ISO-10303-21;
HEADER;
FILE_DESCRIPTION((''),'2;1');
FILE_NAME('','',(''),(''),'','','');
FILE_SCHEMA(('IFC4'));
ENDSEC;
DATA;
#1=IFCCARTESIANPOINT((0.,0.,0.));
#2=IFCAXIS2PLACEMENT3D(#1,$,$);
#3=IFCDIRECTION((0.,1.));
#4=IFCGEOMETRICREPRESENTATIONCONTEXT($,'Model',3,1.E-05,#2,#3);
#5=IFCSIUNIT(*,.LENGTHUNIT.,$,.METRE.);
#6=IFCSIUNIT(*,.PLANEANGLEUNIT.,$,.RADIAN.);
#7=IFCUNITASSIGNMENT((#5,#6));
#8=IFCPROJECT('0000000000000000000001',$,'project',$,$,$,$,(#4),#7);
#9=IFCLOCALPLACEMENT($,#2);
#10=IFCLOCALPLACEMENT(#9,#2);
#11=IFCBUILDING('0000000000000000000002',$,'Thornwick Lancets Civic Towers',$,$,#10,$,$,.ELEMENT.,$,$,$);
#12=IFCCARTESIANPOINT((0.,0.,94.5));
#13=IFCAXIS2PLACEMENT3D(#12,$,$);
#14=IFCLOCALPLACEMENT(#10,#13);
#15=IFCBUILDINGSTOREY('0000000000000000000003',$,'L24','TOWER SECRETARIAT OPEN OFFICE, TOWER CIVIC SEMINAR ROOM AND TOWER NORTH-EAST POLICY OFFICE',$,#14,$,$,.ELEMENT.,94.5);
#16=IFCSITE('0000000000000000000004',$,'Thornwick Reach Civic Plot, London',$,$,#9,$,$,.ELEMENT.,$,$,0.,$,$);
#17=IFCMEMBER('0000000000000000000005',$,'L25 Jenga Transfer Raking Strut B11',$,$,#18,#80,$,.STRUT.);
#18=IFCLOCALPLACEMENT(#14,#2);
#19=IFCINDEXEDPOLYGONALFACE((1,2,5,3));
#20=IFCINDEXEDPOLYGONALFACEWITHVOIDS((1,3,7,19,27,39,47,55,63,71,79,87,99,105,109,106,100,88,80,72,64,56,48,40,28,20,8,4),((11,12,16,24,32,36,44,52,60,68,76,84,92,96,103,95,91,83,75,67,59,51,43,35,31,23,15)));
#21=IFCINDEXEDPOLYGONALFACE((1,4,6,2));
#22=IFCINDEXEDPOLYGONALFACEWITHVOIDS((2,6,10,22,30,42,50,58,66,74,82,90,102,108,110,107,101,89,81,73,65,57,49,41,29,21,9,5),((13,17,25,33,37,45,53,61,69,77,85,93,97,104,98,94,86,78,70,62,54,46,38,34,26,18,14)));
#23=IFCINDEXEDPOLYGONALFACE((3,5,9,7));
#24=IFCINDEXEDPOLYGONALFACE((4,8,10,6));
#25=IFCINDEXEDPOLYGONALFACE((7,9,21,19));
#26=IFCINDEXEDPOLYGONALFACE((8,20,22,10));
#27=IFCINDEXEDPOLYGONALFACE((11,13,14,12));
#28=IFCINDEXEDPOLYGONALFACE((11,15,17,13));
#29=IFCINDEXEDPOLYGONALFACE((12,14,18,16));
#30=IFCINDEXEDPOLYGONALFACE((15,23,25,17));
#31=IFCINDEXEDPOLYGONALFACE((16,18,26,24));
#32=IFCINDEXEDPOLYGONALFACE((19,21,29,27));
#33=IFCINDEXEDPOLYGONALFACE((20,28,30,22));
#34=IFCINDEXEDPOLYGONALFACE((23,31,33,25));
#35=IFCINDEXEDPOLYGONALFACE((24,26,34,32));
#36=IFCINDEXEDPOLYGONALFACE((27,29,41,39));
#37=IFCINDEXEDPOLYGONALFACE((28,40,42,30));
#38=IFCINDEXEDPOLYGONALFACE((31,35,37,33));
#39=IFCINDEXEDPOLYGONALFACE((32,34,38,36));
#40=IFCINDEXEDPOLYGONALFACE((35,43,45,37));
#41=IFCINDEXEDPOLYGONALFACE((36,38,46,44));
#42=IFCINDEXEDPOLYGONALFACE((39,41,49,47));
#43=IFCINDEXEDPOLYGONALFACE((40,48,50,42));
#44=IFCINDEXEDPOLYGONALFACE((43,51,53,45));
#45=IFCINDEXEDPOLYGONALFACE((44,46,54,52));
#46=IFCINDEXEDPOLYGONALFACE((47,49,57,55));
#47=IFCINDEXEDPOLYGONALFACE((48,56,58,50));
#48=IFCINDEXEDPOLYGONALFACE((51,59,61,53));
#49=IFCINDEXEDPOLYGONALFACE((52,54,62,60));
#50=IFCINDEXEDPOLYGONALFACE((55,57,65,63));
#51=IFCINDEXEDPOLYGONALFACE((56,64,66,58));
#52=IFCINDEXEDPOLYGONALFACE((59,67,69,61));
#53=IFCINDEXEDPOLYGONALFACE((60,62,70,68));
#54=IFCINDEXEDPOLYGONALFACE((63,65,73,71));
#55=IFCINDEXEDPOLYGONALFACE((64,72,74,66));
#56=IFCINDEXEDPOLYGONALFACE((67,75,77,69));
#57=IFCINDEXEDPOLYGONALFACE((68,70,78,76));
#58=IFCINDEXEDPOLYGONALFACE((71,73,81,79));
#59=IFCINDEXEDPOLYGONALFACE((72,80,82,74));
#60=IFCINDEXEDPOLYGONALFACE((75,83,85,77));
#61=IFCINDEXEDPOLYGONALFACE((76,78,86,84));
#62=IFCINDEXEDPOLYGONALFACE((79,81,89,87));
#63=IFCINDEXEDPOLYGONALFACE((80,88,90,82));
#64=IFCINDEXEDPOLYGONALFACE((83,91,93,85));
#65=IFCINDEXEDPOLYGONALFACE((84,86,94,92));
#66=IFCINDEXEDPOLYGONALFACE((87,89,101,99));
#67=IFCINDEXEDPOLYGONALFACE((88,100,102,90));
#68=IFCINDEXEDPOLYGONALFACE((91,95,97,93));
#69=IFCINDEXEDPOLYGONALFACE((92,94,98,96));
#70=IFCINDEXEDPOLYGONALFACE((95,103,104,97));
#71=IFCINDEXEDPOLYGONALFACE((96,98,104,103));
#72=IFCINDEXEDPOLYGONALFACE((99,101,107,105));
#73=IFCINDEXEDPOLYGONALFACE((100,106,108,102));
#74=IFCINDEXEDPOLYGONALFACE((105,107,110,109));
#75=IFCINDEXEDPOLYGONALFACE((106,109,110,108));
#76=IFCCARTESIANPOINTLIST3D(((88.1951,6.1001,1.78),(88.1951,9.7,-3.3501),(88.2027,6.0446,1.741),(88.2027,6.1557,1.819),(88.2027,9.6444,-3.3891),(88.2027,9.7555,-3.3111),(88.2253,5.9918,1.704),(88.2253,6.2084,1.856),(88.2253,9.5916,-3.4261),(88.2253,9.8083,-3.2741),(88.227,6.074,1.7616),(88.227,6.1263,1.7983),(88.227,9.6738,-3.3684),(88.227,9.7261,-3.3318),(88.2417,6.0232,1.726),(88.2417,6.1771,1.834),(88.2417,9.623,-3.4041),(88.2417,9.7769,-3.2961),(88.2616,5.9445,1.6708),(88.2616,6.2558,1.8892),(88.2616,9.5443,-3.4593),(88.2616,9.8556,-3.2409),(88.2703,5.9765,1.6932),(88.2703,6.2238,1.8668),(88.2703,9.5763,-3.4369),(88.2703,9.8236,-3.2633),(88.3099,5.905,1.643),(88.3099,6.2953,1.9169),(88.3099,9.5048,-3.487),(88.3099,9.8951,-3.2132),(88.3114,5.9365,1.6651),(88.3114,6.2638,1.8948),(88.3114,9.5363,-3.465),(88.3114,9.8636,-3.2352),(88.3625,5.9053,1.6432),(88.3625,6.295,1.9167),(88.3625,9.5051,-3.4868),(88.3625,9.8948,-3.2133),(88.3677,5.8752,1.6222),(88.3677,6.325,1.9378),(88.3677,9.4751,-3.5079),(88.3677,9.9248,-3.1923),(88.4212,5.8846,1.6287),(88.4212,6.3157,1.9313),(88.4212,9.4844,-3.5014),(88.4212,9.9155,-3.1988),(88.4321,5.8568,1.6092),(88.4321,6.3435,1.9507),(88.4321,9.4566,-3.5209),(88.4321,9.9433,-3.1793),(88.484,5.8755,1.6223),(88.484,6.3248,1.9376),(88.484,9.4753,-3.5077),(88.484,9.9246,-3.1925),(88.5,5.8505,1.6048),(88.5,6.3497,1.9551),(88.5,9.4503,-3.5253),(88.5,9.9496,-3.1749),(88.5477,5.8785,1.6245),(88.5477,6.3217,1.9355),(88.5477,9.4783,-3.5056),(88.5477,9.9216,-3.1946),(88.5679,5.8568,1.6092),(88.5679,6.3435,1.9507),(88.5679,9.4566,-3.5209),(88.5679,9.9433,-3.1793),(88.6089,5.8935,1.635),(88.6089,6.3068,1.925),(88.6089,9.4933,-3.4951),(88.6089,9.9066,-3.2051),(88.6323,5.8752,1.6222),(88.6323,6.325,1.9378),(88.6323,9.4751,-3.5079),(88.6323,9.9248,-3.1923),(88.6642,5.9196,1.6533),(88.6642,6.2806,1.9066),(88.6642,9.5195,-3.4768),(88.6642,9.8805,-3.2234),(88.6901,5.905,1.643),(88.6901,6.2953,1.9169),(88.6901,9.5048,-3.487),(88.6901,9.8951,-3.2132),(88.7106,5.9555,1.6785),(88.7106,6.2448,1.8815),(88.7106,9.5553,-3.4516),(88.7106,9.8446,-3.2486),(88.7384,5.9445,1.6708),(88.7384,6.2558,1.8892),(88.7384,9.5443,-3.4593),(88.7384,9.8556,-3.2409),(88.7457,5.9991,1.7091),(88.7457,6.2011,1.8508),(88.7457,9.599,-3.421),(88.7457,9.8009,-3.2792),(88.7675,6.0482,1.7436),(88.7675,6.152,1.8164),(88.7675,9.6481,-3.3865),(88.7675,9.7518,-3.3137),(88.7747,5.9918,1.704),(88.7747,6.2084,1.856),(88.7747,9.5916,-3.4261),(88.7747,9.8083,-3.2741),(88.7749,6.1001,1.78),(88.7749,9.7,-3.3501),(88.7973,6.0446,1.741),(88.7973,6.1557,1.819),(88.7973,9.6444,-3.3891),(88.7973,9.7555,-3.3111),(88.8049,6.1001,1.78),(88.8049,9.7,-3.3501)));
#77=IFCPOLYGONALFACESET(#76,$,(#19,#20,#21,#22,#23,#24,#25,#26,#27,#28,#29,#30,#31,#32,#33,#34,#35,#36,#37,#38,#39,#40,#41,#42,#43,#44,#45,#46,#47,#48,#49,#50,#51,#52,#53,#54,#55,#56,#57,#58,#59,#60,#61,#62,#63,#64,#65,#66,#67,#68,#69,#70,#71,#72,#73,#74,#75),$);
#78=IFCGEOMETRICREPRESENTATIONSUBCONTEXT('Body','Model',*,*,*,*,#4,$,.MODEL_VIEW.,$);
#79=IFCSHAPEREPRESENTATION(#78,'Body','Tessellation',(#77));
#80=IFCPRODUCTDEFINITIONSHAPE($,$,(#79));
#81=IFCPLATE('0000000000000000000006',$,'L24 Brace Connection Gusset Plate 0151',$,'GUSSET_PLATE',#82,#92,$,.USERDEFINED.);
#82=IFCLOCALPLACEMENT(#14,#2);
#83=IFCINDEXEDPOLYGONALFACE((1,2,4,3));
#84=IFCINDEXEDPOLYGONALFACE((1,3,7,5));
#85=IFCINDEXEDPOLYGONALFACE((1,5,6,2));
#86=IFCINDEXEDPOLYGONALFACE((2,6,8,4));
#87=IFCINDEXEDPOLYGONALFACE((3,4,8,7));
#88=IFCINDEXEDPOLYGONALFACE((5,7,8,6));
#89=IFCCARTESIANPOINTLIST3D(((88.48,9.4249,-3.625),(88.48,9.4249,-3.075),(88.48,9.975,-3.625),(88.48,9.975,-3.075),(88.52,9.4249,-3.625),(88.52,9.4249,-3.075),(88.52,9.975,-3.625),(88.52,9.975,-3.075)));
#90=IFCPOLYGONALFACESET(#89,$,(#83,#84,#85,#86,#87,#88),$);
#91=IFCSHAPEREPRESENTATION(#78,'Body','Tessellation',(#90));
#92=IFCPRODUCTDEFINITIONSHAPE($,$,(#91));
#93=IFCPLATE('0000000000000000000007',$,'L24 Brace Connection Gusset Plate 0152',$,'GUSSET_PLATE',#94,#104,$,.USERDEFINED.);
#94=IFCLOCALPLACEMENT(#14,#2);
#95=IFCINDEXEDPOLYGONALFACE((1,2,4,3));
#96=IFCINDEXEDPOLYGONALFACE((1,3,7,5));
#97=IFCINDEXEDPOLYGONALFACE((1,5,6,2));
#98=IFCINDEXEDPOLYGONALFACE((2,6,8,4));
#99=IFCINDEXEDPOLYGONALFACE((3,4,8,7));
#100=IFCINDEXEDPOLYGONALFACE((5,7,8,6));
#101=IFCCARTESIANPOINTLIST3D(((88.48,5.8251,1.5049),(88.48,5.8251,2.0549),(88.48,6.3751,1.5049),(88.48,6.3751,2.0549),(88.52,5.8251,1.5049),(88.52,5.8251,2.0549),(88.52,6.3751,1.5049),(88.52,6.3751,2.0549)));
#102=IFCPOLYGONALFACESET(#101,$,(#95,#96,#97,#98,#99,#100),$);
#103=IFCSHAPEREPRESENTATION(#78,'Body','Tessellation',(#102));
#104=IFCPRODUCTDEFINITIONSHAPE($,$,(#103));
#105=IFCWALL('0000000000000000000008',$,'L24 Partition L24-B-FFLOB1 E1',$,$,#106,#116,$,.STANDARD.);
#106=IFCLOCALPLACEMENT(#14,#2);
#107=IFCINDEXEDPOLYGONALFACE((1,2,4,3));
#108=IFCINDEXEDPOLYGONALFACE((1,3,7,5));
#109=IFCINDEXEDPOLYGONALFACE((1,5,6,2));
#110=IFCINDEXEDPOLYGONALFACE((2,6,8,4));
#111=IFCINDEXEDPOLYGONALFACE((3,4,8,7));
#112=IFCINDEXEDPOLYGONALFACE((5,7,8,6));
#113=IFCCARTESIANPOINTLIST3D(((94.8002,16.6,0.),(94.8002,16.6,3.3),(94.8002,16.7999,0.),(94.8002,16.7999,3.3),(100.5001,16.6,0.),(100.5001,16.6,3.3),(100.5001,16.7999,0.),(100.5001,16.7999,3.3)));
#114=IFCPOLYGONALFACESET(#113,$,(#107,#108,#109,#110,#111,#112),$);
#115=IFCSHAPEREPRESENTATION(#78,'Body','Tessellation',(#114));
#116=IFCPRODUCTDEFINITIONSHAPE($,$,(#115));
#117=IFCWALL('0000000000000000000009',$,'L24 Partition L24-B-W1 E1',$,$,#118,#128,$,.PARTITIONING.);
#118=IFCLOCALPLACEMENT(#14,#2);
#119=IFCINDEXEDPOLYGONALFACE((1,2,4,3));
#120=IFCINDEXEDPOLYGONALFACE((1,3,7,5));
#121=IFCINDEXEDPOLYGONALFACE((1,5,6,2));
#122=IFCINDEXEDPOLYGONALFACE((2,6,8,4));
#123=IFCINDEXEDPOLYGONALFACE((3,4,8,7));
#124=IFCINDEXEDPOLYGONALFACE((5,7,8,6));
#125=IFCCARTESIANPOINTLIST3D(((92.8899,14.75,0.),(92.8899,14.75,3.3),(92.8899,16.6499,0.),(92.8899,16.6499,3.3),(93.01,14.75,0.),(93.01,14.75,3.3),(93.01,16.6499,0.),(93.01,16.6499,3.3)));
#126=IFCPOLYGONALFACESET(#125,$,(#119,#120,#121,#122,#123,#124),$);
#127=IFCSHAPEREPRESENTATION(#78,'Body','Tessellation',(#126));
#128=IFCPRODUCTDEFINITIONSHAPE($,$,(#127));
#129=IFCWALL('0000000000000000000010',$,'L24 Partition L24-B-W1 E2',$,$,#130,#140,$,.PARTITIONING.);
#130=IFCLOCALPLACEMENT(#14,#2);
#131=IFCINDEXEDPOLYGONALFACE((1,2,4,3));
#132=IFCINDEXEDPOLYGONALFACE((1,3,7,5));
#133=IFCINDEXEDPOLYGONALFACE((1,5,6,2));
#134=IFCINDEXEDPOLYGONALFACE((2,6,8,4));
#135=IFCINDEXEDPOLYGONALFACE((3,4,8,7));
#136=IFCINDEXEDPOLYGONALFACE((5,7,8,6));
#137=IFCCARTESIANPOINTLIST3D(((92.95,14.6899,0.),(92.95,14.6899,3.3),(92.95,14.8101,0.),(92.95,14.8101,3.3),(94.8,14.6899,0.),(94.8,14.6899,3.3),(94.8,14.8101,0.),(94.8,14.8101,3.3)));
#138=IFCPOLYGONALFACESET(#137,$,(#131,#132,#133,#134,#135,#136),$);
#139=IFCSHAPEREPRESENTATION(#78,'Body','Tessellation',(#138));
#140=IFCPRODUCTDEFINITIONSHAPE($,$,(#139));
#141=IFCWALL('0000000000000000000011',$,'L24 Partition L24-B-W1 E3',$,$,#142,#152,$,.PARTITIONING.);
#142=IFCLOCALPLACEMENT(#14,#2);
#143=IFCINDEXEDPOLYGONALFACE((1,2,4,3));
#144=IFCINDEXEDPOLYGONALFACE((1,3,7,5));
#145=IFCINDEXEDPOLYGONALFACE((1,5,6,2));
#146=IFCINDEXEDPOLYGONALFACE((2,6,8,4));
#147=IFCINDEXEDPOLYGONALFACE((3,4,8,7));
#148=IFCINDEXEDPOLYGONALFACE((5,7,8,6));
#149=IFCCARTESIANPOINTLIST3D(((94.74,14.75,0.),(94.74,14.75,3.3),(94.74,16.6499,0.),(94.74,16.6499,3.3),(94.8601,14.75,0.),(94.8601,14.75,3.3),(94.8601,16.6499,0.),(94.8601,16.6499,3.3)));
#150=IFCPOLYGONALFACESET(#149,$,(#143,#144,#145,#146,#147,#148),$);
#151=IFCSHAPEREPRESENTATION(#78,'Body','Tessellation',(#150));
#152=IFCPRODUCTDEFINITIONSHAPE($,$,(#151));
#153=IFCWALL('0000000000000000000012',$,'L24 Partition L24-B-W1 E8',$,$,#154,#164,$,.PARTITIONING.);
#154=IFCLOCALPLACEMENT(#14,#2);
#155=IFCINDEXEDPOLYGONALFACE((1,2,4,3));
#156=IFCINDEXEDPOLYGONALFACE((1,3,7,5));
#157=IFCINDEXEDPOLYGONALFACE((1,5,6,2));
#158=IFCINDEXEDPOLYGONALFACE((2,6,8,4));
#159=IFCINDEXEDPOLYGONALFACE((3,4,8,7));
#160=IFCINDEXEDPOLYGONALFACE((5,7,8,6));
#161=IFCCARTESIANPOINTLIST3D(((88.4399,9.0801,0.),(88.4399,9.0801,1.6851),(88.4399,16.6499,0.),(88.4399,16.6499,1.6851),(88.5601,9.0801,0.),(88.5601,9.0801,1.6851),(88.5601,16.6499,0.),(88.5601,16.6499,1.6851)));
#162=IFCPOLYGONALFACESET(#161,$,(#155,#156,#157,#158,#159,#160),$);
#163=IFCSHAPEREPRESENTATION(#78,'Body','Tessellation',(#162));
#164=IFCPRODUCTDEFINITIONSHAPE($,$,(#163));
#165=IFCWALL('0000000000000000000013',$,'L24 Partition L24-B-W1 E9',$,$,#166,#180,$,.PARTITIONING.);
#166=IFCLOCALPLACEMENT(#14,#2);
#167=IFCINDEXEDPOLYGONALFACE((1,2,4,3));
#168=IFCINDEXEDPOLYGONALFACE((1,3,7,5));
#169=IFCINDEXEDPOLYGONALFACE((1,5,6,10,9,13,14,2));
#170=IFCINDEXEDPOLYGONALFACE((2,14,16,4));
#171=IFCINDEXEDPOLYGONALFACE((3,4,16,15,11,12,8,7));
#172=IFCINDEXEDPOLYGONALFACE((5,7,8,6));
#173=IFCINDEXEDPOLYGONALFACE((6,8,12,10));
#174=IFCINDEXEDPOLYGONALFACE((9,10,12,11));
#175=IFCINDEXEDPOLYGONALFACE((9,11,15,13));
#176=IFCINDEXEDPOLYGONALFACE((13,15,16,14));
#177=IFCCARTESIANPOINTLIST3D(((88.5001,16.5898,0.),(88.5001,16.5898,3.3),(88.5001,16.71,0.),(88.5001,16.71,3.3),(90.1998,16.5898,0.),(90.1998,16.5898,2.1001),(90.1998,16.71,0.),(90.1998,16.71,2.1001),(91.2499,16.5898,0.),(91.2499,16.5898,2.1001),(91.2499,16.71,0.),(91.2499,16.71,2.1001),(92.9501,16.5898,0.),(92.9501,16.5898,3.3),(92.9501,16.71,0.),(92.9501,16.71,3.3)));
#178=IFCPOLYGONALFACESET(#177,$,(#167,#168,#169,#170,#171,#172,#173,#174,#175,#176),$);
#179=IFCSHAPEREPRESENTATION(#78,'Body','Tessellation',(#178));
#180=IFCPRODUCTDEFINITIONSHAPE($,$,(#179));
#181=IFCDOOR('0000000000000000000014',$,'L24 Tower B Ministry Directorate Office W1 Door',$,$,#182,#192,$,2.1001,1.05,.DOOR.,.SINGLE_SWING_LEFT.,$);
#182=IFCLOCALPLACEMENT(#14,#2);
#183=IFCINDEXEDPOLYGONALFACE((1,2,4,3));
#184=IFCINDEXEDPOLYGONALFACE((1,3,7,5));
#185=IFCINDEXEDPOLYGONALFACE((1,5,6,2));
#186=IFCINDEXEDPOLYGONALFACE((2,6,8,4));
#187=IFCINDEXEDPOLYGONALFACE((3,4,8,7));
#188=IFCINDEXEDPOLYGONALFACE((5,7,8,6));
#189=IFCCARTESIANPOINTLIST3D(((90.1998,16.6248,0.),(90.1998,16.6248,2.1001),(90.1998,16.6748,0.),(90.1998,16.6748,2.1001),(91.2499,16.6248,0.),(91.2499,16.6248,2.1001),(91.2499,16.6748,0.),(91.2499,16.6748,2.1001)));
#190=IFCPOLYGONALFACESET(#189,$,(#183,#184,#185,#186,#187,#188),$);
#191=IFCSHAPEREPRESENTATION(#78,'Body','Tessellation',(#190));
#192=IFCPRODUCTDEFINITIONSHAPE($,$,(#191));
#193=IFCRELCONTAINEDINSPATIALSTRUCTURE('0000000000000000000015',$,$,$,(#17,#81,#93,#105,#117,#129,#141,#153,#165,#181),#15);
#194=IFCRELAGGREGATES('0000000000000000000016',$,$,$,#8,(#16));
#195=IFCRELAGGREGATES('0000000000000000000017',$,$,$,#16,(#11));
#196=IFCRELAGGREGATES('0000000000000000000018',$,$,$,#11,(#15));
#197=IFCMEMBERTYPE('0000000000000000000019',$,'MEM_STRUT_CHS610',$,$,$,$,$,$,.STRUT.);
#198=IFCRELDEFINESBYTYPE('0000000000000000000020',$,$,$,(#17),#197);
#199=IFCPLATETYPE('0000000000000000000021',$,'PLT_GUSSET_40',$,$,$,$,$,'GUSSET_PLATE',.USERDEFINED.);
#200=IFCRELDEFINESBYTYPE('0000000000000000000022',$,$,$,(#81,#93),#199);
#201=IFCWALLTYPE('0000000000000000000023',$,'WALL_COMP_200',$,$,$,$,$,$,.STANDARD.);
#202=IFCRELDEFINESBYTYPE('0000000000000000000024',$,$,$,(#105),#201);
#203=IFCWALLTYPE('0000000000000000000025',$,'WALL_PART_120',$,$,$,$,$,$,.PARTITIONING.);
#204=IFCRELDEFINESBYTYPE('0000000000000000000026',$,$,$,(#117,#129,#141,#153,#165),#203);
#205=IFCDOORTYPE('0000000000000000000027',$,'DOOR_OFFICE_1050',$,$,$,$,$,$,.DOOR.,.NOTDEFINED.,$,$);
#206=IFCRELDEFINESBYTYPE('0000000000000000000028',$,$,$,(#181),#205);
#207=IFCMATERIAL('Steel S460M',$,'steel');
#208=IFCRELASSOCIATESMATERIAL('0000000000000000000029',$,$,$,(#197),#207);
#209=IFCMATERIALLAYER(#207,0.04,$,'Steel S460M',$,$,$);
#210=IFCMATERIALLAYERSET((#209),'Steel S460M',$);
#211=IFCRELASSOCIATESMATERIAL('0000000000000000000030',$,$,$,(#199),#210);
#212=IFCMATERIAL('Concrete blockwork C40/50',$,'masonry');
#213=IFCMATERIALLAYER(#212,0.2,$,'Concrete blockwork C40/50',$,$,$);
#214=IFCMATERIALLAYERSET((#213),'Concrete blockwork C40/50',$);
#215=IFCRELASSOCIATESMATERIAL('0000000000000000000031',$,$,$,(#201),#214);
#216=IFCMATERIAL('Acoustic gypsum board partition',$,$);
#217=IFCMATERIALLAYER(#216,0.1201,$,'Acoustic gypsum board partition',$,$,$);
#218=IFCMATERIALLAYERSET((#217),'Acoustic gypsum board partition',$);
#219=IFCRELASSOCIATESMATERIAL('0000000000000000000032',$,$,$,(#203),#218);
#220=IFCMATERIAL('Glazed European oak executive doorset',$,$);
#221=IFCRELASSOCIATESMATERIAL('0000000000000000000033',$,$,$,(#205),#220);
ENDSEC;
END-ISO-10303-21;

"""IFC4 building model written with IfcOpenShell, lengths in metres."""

from ifc_helpers import new_model, si_unit, direction, frame, frame_2d, origin, origin_2d, place, context, subcontext, project, spatial, rectangle, hollow_circle, extrude, material, layer, layer_set, material_profile, profile_set, type_object, element, fill, save


model = new_model("IFC4")

# Units and contexts
model_context = context("Model", 3, precision=1e-05, world=origin(), true_north=direction((0.0, 1.0)))
body_context = subcontext(model_context, "Body", "Model", "MODEL_VIEW")
ifc_project = project(units=[si_unit("LENGTHUNIT", "METRE"), si_unit("PLANEANGLEUNIT", "RADIAN")], contexts=[model_context])

# Site, building, storey
site_placement = place(None, origin())
site = spatial("IfcSite", under=ifc_project, at=site_placement, Name="Thornwick Reach Civic Plot, London", CompositionType="ELEMENT", RefElevation=0.0)
building_placement = place(site_placement, origin())
building = spatial("IfcBuilding", under=site, at=building_placement, Name="Thornwick Lancets Civic Towers", CompositionType="ELEMENT")
storey_placement = place(building_placement, frame((0.0, 0.0, 94.5)))
storey = spatial("IfcBuildingStorey", under=building, at=storey_placement, Name="L24", Description="TOWER SECRETARIAT OPEN OFFICE, TOWER CIVIC SEMINAR ROOM AND TOWER NORTH-EAST POLICY OFFICE", CompositionType="ELEMENT", Elevation=94.5)

# Member
ifc_material_1 = material(Name="Steel S460M", Category="steel")
ifc_material_profile_1 = material_profile(ifc_material_1, hollow_circle(Radius=0.3049, WallThickness=0.03, at=origin_2d()), Name="CHS 610x30")
ifc_profile_set_1 = profile_set([ifc_material_profile_1], Name="Steel S460M")
member_type = type_object("IfcMemberType", Name="MEM_STRUT_CHS610", PredefinedType="STRUT", material=ifc_profile_set_1)
member_placement = place(storey_placement, frame((88.5, 9.7, -3.3501), z_axis=(0.0, -0.574401, 0.818574), x_axis=(1.0, 0.0, 0.0)))
element("IfcMember", 1, at=member_placement, inside=storey, type_object=member_type, Name="L25 Jenga Transfer Raking Strut B11", PredefinedType="STRUT", context=body_context, shape_type="SweptSolid", body=[
    extrude(hollow_circle(Radius=0.3049, WallThickness=0.03, at=origin_2d()), origin(), (0.0, 0.0, 1.0), 6.2671),
])

# Plates
ifc_layer_1 = layer(ifc_material_1, 0.04, Name="Steel S460M")
ifc_layer_set_1 = layer_set([ifc_layer_1], Name="Steel S460M")
plate_type = type_object("IfcPlateType", Name="PLT_GUSSET_40", ElementType="GUSSET_PLATE", PredefinedType="USERDEFINED", material=ifc_layer_set_1)
for number, where, z_axis, x_axis, name in (
    (2, (88.5, 9.7, -3.625), (0.0, 0.0, 1.0), (0.0, -1.0, 0.0), "L24 Brace Connection Gusset Plate 0151"),
    (3, (88.5, 6.1001, 1.5049), (0.0, 0.0, 1.0), (0.0, -1.0, 0.0), "L24 Brace Connection Gusset Plate 0152"),
):
    element("IfcPlate", number, at=place(storey_placement, frame(where, z_axis=z_axis, x_axis=x_axis)), inside=storey, type_object=plate_type, Name=name, ObjectType="GUSSET_PLATE", PredefinedType="USERDEFINED", context=body_context, shape_type="SweptSolid", body=[
        extrude(rectangle(XDim=0.55, YDim=0.04, at=origin_2d()), origin(), (0.0, 0.0, 1.0), 0.55),
    ])

# Walls
ifc_material_2 = material(Name="Concrete blockwork C40/50", Category="masonry")
ifc_layer_2 = layer(ifc_material_2, 0.2, Name="Concrete blockwork C40/50")
ifc_layer_set_2 = layer_set([ifc_layer_2], Name="Concrete blockwork C40/50")
wall_type_1 = type_object("IfcWallType", Name="WALL_COMP_200", PredefinedType="STANDARD", material=ifc_layer_set_2)
wall_1_placement = place(storey_placement, frame((94.8, 16.7, 0.0), z_axis=(0.0, 0.0, 1.0), x_axis=(1.0, 0.0, 0.0)))
element("IfcWall", 4, at=wall_1_placement, inside=storey, type_object=wall_type_1, Name="L24 Partition L24-B-FFLOB1 E1", PredefinedType="STANDARD", context=body_context, shape_type="SweptSolid", body=[
    extrude(rectangle(XDim=5.7, YDim=0.2, at=frame_2d((2.8501, 0.0))), origin(), (0.0, 0.0, 1.0), 3.3),
])
ifc_material_3 = material(Name="Acoustic gypsum board partition")
ifc_layer_3 = layer(ifc_material_3, 0.1201, Name="Acoustic gypsum board partition")
ifc_layer_set_3 = layer_set([ifc_layer_3], Name="Acoustic gypsum board partition")
wall_type_2 = type_object("IfcWallType", Name="WALL_PART_120", PredefinedType="PARTITIONING", material=ifc_layer_set_3)
wall_2_placement = place(storey_placement, frame((92.95, 16.6499, 0.0), z_axis=(0.0, 0.0, 1.0), x_axis=(0.0, -1.0, 0.0)))
element("IfcWall", 5, at=wall_2_placement, inside=storey, type_object=wall_type_2, Name="L24 Partition L24-B-W1 E1", PredefinedType="PARTITIONING", context=body_context, shape_type="SweptSolid", body=[
    extrude(rectangle(XDim=1.8999, YDim=0.1201, at=frame_2d((0.95, 0.0))), origin(), (0.0, 0.0, 1.0), 3.3),
])
wall_3_placement = place(storey_placement, frame((92.95, 14.75, 0.0), z_axis=(0.0, 0.0, 1.0), x_axis=(1.0, 0.0, 0.0)))
element("IfcWall", 6, at=wall_3_placement, inside=storey, type_object=wall_type_2, Name="L24 Partition L24-B-W1 E2", PredefinedType="PARTITIONING", context=body_context, shape_type="SweptSolid", body=[
    extrude(rectangle(XDim=1.8501, YDim=0.1201, at=frame_2d((0.925, 0.0))), origin(), (0.0, 0.0, 1.0), 3.3),
])
wall_4_placement = place(storey_placement, frame((94.8, 14.75, 0.0), z_axis=(0.0, 0.0, 1.0), x_axis=(0.0, 1.0, 0.0)))
element("IfcWall", 7, at=wall_4_placement, inside=storey, type_object=wall_type_2, Name="L24 Partition L24-B-W1 E3", PredefinedType="PARTITIONING", context=body_context, shape_type="SweptSolid", body=[
    extrude(rectangle(XDim=1.8999, YDim=0.1201, at=frame_2d((0.95, 0.0))), origin(), (0.0, 0.0, 1.0), 3.3),
])
wall_5_placement = place(storey_placement, frame((88.5, 9.0801, 0.0), z_axis=(0.0, 0.0, 1.0), x_axis=(0.0, 1.0, 0.0)))
element("IfcWall", 8, at=wall_5_placement, inside=storey, type_object=wall_type_2, Name="L24 Partition L24-B-W1 E8", PredefinedType="PARTITIONING", context=body_context, shape_type="SweptSolid", body=[
    extrude(rectangle(XDim=7.5698, YDim=0.1201, at=frame_2d((3.7849, 0.0))), origin(), (0.0, 0.0, 1.0), 1.6851),
])

# Wall, opening, door
wall_6_placement = place(storey_placement, frame((88.5, 16.6499, 0.0), z_axis=(0.0, 0.0, 1.0), x_axis=(1.0, 0.0, 0.0)))
wall_6 = element("IfcWall", 9, at=wall_6_placement, inside=storey, type_object=wall_type_2, Name="L24 Partition L24-B-W1 E9", PredefinedType="PARTITIONING", context=body_context, shape_type="SweptSolid", body=[
    extrude(rectangle(XDim=4.45, YDim=0.1201, at=frame_2d((2.2251, 0.0))), origin(), (0.0, 0.0, 1.0), 3.3),
])
opening_1_placement = place(wall_6_placement, frame((1.7, 0.0, 0.0)))
opening_1 = element("IfcOpeningElement", 10, at=opening_1_placement, cuts=wall_6, PredefinedType="OPENING", context=body_context, shape_type="SweptSolid", body=[
    extrude(rectangle(XDim=1.05, YDim=2.1001, at=frame_2d((0.5249, 1.05))), frame((0.0, 0.0701, 0.0), z_axis=(0.0, -1.0, 0.0), x_axis=(1.0, 0.0, 0.0)), (0.0, 0.0, 1.0), 0.1401),
])
ifc_material_4 = material(Name="Glazed European oak executive doorset")
door_type_1 = type_object("IfcDoorType", Name="DOOR_OFFICE_1050", OperationType="NOTDEFINED", PredefinedType="DOOR", material=ifc_material_4)
door_1_placement = place(opening_1_placement, origin())
door_1 = element("IfcDoor", 11, at=door_1_placement, inside=storey, type_object=door_type_1, Name="L24 Tower B Ministry Directorate Office W1 Door", OperationType="SINGLE_SWING_LEFT", OverallHeight=2.1001, OverallWidth=1.05, PredefinedType="DOOR", context=body_context, shape_type="SweptSolid", body=[
    extrude(rectangle(XDim=1.05, YDim=2.1001, at=frame_2d((0.5249, 1.05))), frame((0.0, 0.0249, 0.0), z_axis=(0.0, -1.0, 0.0), x_axis=(1.0, 0.0, 0.0)), (0.0, 0.0, 1.0), 0.05),
])
fill(opening_1, door_1)

save(model, "model.ifc")
